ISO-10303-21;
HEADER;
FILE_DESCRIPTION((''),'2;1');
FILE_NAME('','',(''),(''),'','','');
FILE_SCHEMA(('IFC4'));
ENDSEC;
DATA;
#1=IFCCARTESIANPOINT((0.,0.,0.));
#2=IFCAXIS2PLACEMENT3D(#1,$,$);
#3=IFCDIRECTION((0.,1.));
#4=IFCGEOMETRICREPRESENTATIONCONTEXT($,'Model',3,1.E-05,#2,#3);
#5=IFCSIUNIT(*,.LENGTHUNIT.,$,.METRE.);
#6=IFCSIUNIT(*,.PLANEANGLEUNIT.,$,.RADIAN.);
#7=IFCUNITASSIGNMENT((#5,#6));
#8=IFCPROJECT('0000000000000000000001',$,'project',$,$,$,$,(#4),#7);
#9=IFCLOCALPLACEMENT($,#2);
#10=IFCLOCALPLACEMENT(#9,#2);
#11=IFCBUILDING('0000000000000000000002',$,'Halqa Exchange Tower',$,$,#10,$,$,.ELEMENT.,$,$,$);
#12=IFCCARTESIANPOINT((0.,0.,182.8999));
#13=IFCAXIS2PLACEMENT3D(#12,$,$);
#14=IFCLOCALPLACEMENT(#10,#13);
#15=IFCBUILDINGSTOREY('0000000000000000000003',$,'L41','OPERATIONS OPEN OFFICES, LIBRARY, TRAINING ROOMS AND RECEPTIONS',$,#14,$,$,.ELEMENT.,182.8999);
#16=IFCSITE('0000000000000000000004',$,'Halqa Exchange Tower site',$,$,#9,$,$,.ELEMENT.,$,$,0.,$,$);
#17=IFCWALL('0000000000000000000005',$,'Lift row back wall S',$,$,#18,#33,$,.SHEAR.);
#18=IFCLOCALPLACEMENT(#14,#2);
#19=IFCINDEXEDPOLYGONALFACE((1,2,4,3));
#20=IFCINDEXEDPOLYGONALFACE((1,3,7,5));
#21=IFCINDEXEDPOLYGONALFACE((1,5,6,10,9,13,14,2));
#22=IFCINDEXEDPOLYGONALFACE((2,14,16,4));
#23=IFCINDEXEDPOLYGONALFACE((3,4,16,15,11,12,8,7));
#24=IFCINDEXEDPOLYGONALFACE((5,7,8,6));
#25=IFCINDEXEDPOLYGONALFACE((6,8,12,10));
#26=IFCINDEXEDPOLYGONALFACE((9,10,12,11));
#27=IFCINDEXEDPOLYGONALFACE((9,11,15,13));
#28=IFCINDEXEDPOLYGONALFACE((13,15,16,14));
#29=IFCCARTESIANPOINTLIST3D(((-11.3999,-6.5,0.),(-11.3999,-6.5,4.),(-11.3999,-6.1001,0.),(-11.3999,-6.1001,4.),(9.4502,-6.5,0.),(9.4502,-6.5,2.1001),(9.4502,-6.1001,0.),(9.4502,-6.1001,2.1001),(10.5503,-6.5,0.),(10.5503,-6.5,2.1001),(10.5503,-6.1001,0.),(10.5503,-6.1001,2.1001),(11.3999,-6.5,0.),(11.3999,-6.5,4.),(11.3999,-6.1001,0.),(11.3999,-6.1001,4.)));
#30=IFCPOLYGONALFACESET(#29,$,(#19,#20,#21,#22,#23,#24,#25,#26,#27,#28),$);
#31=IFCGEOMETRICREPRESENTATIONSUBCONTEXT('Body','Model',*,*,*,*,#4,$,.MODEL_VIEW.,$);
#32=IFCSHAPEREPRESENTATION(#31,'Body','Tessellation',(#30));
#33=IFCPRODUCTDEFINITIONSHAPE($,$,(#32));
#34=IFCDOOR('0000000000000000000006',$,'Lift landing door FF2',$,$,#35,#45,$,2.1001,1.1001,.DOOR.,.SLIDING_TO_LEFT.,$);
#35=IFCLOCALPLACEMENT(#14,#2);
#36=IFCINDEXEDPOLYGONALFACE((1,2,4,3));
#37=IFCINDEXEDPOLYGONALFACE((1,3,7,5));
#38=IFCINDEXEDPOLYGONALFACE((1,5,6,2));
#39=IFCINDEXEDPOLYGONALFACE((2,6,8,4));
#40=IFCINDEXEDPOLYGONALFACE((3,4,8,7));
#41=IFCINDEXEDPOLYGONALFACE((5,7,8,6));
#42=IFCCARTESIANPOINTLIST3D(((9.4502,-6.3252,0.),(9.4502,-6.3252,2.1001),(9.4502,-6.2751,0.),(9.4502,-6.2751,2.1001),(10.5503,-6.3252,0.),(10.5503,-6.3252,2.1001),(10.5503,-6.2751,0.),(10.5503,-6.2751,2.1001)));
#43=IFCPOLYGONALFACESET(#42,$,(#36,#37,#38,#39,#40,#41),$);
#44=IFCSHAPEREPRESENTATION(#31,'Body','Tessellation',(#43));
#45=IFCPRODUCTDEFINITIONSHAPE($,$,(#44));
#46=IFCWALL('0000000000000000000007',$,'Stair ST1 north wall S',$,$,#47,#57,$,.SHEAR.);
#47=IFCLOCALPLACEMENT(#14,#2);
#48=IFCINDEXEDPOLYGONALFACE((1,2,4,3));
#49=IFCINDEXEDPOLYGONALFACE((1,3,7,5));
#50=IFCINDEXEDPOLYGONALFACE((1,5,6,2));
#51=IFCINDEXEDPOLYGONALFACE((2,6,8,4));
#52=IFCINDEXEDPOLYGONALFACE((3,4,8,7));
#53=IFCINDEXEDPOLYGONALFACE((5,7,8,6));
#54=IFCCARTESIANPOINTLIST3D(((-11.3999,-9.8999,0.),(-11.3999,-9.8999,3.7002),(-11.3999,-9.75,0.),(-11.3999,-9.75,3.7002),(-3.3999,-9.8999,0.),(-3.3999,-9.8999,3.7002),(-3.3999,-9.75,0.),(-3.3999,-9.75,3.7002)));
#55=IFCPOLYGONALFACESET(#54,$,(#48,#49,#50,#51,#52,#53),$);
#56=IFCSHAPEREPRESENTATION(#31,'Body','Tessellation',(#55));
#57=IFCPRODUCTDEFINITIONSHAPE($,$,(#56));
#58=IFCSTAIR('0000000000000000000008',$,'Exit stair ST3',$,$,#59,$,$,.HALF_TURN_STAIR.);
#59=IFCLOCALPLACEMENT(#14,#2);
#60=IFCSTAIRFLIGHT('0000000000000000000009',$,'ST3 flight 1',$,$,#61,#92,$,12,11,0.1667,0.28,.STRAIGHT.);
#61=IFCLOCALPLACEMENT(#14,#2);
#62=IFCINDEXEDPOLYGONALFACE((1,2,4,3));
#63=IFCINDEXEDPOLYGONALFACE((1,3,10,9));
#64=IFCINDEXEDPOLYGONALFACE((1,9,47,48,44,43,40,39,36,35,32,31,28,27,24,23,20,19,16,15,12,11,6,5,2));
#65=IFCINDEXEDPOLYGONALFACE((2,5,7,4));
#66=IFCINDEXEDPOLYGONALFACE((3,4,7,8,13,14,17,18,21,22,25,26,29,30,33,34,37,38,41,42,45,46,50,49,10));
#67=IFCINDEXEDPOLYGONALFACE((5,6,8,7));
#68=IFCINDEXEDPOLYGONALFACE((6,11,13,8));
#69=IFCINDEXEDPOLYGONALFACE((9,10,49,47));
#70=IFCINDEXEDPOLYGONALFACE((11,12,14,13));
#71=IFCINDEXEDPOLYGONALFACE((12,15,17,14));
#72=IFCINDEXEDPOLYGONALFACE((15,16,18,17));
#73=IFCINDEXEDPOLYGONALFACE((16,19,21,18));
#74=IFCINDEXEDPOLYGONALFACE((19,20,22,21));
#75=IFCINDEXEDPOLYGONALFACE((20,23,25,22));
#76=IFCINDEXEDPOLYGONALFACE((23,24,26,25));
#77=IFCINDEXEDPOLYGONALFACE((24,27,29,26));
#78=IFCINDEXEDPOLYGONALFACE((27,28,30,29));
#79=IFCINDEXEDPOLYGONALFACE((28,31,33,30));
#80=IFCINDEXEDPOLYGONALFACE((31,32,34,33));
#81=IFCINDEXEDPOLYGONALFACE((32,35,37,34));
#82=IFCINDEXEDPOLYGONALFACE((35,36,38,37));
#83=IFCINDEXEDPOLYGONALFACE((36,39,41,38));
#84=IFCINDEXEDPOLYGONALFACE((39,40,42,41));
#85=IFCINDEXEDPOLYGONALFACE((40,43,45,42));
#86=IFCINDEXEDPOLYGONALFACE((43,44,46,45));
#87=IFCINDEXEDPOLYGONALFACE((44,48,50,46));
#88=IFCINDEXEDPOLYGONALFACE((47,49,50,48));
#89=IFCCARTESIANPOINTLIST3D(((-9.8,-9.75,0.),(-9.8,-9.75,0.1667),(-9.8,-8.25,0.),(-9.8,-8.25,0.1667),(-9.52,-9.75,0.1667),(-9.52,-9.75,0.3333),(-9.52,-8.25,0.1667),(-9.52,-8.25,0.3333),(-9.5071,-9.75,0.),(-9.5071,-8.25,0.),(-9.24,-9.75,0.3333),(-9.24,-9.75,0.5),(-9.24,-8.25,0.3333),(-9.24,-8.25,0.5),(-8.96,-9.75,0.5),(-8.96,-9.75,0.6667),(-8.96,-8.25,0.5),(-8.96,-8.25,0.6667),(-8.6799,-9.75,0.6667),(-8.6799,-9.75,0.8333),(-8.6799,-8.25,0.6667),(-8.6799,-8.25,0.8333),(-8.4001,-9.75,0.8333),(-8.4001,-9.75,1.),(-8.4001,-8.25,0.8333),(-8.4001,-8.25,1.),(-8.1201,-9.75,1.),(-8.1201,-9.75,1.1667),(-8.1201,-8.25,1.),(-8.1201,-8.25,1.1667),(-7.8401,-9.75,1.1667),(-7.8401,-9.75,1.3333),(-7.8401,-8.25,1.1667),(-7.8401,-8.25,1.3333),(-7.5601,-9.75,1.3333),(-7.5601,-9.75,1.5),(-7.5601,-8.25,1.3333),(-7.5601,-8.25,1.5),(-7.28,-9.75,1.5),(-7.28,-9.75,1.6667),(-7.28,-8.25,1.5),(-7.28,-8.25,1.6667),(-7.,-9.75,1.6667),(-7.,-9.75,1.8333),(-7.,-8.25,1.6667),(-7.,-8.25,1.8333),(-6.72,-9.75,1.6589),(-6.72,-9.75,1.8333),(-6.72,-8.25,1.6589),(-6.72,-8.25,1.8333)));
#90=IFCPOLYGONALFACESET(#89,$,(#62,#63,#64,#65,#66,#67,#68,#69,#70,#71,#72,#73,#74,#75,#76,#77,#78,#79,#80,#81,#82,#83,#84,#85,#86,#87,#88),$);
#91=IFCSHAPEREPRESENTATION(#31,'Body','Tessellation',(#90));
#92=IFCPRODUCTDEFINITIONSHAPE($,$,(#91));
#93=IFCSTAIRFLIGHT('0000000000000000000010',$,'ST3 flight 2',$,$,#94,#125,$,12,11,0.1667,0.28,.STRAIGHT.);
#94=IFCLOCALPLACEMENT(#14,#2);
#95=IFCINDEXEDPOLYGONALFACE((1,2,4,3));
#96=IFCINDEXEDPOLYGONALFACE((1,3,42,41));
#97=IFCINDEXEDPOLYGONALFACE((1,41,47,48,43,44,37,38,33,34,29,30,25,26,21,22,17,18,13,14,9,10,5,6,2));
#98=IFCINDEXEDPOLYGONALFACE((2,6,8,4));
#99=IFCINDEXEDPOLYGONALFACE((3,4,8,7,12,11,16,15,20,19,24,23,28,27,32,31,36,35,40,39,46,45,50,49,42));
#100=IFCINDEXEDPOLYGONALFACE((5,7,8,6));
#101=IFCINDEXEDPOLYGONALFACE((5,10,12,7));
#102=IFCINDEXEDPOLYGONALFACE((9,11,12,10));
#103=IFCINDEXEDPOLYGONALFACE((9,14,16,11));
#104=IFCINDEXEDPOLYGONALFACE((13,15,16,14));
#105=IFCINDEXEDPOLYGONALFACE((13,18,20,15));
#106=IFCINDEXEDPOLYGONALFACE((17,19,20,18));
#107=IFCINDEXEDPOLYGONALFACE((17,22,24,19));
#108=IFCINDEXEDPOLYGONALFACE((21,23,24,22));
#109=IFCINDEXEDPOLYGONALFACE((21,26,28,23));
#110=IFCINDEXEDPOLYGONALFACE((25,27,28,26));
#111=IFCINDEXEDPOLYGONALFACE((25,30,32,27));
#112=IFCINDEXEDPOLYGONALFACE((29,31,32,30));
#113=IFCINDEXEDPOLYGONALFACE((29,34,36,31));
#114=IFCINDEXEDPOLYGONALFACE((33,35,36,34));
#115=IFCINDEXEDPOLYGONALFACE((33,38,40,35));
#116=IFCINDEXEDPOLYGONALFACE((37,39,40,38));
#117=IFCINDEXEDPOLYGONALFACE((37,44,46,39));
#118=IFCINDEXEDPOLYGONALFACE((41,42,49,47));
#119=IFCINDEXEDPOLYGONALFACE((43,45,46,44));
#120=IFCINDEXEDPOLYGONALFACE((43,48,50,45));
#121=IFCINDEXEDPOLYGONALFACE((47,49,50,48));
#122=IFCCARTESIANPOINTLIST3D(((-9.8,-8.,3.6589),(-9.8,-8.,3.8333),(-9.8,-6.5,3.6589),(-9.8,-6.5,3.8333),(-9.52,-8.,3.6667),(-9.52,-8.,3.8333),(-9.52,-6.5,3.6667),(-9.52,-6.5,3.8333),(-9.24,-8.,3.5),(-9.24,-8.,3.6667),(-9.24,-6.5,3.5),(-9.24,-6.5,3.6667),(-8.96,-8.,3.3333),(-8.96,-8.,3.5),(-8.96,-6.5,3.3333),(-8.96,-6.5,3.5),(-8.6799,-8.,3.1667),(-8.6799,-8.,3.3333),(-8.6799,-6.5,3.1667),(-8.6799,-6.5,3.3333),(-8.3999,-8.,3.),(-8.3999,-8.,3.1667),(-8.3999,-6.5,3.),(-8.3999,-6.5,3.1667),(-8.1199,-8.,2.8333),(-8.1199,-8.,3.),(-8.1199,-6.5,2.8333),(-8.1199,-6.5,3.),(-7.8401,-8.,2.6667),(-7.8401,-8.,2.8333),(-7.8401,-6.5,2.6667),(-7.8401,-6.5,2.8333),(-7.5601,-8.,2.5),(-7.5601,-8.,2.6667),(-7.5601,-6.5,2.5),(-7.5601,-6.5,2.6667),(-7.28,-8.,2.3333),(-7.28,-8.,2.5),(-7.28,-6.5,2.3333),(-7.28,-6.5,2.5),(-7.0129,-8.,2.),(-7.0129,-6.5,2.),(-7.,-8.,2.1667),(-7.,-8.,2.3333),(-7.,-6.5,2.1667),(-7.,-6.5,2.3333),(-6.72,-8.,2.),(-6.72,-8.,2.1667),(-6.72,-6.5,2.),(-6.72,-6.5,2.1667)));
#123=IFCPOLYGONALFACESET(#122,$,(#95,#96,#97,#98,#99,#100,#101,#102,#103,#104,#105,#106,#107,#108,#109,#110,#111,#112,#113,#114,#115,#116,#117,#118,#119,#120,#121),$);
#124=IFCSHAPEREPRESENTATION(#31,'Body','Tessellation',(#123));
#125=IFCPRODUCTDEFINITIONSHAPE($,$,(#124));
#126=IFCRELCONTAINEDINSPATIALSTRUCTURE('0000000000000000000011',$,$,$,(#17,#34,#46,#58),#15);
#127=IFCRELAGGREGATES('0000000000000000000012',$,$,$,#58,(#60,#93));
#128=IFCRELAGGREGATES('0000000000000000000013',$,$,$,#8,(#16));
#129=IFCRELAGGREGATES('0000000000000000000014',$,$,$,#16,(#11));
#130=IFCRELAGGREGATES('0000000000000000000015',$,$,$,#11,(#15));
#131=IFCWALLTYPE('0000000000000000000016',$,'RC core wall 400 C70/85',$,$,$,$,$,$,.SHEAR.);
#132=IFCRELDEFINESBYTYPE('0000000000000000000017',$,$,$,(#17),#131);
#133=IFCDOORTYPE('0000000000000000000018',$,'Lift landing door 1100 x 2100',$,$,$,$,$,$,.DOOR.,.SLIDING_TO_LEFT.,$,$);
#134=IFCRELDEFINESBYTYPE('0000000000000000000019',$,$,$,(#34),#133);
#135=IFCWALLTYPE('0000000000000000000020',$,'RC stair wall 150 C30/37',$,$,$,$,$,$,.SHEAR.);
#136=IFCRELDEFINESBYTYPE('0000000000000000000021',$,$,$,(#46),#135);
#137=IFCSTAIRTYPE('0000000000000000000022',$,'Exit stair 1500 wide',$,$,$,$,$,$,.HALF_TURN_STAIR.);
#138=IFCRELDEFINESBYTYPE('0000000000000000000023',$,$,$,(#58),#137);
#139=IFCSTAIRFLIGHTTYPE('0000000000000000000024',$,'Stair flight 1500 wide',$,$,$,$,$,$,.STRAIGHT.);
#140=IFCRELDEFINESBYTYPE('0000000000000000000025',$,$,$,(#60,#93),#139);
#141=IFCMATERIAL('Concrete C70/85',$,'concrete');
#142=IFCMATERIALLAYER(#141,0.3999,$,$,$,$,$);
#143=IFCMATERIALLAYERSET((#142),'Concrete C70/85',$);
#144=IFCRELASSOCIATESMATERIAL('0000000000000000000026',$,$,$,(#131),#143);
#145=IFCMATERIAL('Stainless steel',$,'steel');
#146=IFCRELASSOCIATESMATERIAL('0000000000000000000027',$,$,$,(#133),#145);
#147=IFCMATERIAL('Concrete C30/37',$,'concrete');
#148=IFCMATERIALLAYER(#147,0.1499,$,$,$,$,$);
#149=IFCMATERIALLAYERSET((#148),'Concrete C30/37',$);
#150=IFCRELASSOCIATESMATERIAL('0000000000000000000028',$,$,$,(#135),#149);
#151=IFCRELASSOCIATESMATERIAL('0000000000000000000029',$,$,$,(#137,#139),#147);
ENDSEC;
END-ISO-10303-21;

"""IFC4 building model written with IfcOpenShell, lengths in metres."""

from ifc_helpers import new_model, si_unit, direction, frame, frame_2d, origin, place, context, subcontext, project, spatial, polyline, rectangle, outline, extrude, material, layer, layer_set, type_object, element, fill, aggregate, save


model = new_model("IFC4")

# Units and contexts
model_context = context("Model", 3, precision=1e-05, world=origin(), true_north=direction((0.0, 1.0)))
body_context = subcontext(model_context, "Body", "Model", "MODEL_VIEW")
ifc_project = project(units=[si_unit("LENGTHUNIT", "METRE"), si_unit("PLANEANGLEUNIT", "RADIAN")], contexts=[model_context])

# Site, building, storey
site_placement = place(None, origin())
site = spatial("IfcSite", under=ifc_project, at=site_placement, Name="Halqa Exchange Tower site", CompositionType="ELEMENT", RefElevation=0.0)
building_placement = place(site_placement, origin())
building = spatial("IfcBuilding", under=site, at=building_placement, Name="Halqa Exchange Tower", CompositionType="ELEMENT")
storey_placement = place(building_placement, frame((0.0, 0.0, 182.8999)))
storey = spatial("IfcBuildingStorey", under=building, at=storey_placement, Name="L41", Description="OPERATIONS OPEN OFFICES, LIBRARY, TRAINING ROOMS AND RECEPTIONS", CompositionType="ELEMENT", Elevation=182.8999)

# Shared definitions
ifc_material_1 = material(Name="Concrete C70/85", Category="concrete")
ifc_layer_1 = layer(ifc_material_1, 0.3999)
ifc_layer_set_1 = layer_set([ifc_layer_1], Name="Concrete C70/85")
wall_type_1 = type_object("IfcWallType", Name="RC core wall 400 C70/85", PredefinedType="SHEAR", material=ifc_layer_set_1)
ifc_material_2 = material(Name="Stainless steel", Category="steel")
door_type_1 = type_object("IfcDoorType", Name="Lift landing door 1100 x 2100", OperationType="SLIDING_TO_LEFT", PredefinedType="DOOR", material=ifc_material_2)

# Wall, opening, door
wall_1_placement = place(storey_placement, frame((-11.3999, -6.3, 0.0), z_axis=(0.0, 0.0, 1.0), x_axis=(1.0, 0.0, 0.0)))
wall_1 = element("IfcWall", 1, at=wall_1_placement, inside=storey, type_object=wall_type_1, Name="Lift row back wall S", PredefinedType="SHEAR", context=body_context, shape_type="SweptSolid", body=[
    extrude(rectangle(XDim=22.7998, YDim=0.3999, at=frame_2d((11.3999, 0.0))), origin(), (0.0, 0.0, 1.0), 4.0),
])
opening_1_placement = place(wall_1_placement, frame((20.8501, 0.0, 0.0)))
opening_1 = element("IfcOpeningElement", 2, at=opening_1_placement, cuts=wall_1, PredefinedType="OPENING", context=body_context, shape_type="SweptSolid", body=[
    extrude(rectangle(XDim=1.1001, YDim=2.1001, at=frame_2d((0.55, 1.05))), frame((0.0, 0.2119, 0.0), z_axis=(0.0, -1.0, 0.0), x_axis=(1.0, 0.0, 0.0)), (0.0, 0.0, 1.0), 0.4238),
])
door_1_placement = place(opening_1_placement, origin())
door_1 = element("IfcDoor", 3, at=door_1_placement, inside=storey, type_object=door_type_1, Name="Lift landing door FF2", OperationType="SLIDING_TO_LEFT", OverallHeight=2.1001, OverallWidth=1.1001, PredefinedType="DOOR", context=body_context, shape_type="SweptSolid", body=[
    extrude(rectangle(XDim=1.1001, YDim=2.1001, at=frame_2d((0.55, 1.05))), frame((0.0, 0.0249, 0.0), z_axis=(0.0, -1.0, 0.0), x_axis=(1.0, 0.0, 0.0)), (0.0, 0.0, 1.0), 0.05),
])
fill(opening_1, door_1)

# Wall
ifc_material_3 = material(Name="Concrete C30/37", Category="concrete")
ifc_layer_2 = layer(ifc_material_3, 0.1499)
ifc_layer_set_2 = layer_set([ifc_layer_2], Name="Concrete C30/37")
wall_type_2 = type_object("IfcWallType", Name="RC stair wall 150 C30/37", PredefinedType="SHEAR", material=ifc_layer_set_2)
wall_2_placement = place(storey_placement, frame((-11.3999, -9.825, 0.0), z_axis=(0.0, 0.0, 1.0), x_axis=(1.0, 0.0, 0.0)))
element("IfcWall", 4, at=wall_2_placement, inside=storey, type_object=wall_type_2, Name="Stair ST1 north wall S", PredefinedType="SHEAR", context=body_context, shape_type="SweptSolid", body=[
    extrude(rectangle(XDim=8.0, YDim=0.1499, at=frame_2d((4.0, 0.0))), origin(), (0.0, 0.0, 1.0), 3.7002),
])

# Stair, stair flights
stair_type = type_object("IfcStairType", Name="Exit stair 1500 wide", PredefinedType="HALF_TURN_STAIR", material=ifc_material_3)
stair_placement = place(storey_placement, origin())
stair = element("IfcStair", 5, at=stair_placement, inside=storey, type_object=stair_type, Name="Exit stair ST3", PredefinedType="HALF_TURN_STAIR")
stair_flight_type = type_object("IfcStairFlightType", Name="Stair flight 1500 wide", PredefinedType="STRAIGHT", material=ifc_material_3)
stair_flight_1_placement = place(storey_placement, frame((-9.8, -9.0, 0.0), z_axis=(0.0, 0.0, 1.0), x_axis=(1.0, 0.0, 0.0)))
stair_flight_1 = element("IfcStairFlight", 6, at=stair_flight_1_placement, type_object=stair_flight_type, Name="ST3 flight 1", NumberOfRisers=12, NumberOfTreads=11, PredefinedType="STRAIGHT", RiserHeight=0.1667, TreadLength=0.28, context=body_context, shape_type="SweptSolid", body=[
    extrude(outline(polyline([(0.0, 0.0), (0.0, 0.1667), (0.28, 0.1667), (0.28, 0.3333), (0.5601, 0.3333), (0.5601, 0.5), (0.8401, 0.5), (0.8401, 0.6667), (1.1201, 0.6667), (1.1201, 0.8333), (1.3999, 0.8333), (1.3999, 1.0), (1.6799, 1.0), (1.6799, 1.1667), (1.96, 1.1667), (1.96, 1.3333), (2.24, 1.3333), (2.24, 1.5), (2.52, 1.5), (2.52, 1.6667), (2.8, 1.6667), (2.8, 1.8333), (3.0801, 1.8333), (3.0801, 2.0), (3.0801, 1.6589), (0.293, 0.0), (0.0, 0.0)])), frame((0.0, 0.75, 0.0), z_axis=(0.0, -1.0, 0.0), x_axis=(1.0, 0.0, 0.0)), (0.0, 0.0, 1.0), 1.5),
])
stair_flight_2_placement = place(storey_placement, frame((-6.72, -7.25, 2.0), z_axis=(0.0, 0.0, 1.0), x_axis=(-1.0, 0.0, 0.0)))
stair_flight_2 = element("IfcStairFlight", 7, at=stair_flight_2_placement, type_object=stair_flight_type, Name="ST3 flight 2", NumberOfRisers=12, NumberOfTreads=11, PredefinedType="STRAIGHT", RiserHeight=0.1667, TreadLength=0.28, context=body_context, shape_type="SweptSolid", body=[
    extrude(outline(polyline([(0.0, 0.0), (0.0, 0.1667), (0.28, 0.1667), (0.28, 0.3333), (0.5601, 0.3333), (0.5601, 0.5), (0.8401, 0.5), (0.8401, 0.6667), (1.1201, 0.6667), (1.1201, 0.8333), (1.3999, 0.8333), (1.3999, 1.0), (1.6799, 1.0), (1.6799, 1.1667), (1.96, 1.1667), (1.96, 1.3333), (2.24, 1.3333), (2.24, 1.5), (2.52, 1.5), (2.52, 1.6667), (2.8, 1.6667), (2.8, 1.8333), (3.0801, 1.8333), (3.0801, 2.0), (3.0801, 1.6589), (0.293, 0.0), (0.0, 0.0)])), frame((0.0, 0.75, 0.0), z_axis=(0.0, -1.0, 0.0), x_axis=(1.0, 0.0, 0.0)), (0.0, 0.0, 1.0), 1.5),
])
aggregate(stair, [stair_flight_1, stair_flight_2])

save(model, "model.ifc")
